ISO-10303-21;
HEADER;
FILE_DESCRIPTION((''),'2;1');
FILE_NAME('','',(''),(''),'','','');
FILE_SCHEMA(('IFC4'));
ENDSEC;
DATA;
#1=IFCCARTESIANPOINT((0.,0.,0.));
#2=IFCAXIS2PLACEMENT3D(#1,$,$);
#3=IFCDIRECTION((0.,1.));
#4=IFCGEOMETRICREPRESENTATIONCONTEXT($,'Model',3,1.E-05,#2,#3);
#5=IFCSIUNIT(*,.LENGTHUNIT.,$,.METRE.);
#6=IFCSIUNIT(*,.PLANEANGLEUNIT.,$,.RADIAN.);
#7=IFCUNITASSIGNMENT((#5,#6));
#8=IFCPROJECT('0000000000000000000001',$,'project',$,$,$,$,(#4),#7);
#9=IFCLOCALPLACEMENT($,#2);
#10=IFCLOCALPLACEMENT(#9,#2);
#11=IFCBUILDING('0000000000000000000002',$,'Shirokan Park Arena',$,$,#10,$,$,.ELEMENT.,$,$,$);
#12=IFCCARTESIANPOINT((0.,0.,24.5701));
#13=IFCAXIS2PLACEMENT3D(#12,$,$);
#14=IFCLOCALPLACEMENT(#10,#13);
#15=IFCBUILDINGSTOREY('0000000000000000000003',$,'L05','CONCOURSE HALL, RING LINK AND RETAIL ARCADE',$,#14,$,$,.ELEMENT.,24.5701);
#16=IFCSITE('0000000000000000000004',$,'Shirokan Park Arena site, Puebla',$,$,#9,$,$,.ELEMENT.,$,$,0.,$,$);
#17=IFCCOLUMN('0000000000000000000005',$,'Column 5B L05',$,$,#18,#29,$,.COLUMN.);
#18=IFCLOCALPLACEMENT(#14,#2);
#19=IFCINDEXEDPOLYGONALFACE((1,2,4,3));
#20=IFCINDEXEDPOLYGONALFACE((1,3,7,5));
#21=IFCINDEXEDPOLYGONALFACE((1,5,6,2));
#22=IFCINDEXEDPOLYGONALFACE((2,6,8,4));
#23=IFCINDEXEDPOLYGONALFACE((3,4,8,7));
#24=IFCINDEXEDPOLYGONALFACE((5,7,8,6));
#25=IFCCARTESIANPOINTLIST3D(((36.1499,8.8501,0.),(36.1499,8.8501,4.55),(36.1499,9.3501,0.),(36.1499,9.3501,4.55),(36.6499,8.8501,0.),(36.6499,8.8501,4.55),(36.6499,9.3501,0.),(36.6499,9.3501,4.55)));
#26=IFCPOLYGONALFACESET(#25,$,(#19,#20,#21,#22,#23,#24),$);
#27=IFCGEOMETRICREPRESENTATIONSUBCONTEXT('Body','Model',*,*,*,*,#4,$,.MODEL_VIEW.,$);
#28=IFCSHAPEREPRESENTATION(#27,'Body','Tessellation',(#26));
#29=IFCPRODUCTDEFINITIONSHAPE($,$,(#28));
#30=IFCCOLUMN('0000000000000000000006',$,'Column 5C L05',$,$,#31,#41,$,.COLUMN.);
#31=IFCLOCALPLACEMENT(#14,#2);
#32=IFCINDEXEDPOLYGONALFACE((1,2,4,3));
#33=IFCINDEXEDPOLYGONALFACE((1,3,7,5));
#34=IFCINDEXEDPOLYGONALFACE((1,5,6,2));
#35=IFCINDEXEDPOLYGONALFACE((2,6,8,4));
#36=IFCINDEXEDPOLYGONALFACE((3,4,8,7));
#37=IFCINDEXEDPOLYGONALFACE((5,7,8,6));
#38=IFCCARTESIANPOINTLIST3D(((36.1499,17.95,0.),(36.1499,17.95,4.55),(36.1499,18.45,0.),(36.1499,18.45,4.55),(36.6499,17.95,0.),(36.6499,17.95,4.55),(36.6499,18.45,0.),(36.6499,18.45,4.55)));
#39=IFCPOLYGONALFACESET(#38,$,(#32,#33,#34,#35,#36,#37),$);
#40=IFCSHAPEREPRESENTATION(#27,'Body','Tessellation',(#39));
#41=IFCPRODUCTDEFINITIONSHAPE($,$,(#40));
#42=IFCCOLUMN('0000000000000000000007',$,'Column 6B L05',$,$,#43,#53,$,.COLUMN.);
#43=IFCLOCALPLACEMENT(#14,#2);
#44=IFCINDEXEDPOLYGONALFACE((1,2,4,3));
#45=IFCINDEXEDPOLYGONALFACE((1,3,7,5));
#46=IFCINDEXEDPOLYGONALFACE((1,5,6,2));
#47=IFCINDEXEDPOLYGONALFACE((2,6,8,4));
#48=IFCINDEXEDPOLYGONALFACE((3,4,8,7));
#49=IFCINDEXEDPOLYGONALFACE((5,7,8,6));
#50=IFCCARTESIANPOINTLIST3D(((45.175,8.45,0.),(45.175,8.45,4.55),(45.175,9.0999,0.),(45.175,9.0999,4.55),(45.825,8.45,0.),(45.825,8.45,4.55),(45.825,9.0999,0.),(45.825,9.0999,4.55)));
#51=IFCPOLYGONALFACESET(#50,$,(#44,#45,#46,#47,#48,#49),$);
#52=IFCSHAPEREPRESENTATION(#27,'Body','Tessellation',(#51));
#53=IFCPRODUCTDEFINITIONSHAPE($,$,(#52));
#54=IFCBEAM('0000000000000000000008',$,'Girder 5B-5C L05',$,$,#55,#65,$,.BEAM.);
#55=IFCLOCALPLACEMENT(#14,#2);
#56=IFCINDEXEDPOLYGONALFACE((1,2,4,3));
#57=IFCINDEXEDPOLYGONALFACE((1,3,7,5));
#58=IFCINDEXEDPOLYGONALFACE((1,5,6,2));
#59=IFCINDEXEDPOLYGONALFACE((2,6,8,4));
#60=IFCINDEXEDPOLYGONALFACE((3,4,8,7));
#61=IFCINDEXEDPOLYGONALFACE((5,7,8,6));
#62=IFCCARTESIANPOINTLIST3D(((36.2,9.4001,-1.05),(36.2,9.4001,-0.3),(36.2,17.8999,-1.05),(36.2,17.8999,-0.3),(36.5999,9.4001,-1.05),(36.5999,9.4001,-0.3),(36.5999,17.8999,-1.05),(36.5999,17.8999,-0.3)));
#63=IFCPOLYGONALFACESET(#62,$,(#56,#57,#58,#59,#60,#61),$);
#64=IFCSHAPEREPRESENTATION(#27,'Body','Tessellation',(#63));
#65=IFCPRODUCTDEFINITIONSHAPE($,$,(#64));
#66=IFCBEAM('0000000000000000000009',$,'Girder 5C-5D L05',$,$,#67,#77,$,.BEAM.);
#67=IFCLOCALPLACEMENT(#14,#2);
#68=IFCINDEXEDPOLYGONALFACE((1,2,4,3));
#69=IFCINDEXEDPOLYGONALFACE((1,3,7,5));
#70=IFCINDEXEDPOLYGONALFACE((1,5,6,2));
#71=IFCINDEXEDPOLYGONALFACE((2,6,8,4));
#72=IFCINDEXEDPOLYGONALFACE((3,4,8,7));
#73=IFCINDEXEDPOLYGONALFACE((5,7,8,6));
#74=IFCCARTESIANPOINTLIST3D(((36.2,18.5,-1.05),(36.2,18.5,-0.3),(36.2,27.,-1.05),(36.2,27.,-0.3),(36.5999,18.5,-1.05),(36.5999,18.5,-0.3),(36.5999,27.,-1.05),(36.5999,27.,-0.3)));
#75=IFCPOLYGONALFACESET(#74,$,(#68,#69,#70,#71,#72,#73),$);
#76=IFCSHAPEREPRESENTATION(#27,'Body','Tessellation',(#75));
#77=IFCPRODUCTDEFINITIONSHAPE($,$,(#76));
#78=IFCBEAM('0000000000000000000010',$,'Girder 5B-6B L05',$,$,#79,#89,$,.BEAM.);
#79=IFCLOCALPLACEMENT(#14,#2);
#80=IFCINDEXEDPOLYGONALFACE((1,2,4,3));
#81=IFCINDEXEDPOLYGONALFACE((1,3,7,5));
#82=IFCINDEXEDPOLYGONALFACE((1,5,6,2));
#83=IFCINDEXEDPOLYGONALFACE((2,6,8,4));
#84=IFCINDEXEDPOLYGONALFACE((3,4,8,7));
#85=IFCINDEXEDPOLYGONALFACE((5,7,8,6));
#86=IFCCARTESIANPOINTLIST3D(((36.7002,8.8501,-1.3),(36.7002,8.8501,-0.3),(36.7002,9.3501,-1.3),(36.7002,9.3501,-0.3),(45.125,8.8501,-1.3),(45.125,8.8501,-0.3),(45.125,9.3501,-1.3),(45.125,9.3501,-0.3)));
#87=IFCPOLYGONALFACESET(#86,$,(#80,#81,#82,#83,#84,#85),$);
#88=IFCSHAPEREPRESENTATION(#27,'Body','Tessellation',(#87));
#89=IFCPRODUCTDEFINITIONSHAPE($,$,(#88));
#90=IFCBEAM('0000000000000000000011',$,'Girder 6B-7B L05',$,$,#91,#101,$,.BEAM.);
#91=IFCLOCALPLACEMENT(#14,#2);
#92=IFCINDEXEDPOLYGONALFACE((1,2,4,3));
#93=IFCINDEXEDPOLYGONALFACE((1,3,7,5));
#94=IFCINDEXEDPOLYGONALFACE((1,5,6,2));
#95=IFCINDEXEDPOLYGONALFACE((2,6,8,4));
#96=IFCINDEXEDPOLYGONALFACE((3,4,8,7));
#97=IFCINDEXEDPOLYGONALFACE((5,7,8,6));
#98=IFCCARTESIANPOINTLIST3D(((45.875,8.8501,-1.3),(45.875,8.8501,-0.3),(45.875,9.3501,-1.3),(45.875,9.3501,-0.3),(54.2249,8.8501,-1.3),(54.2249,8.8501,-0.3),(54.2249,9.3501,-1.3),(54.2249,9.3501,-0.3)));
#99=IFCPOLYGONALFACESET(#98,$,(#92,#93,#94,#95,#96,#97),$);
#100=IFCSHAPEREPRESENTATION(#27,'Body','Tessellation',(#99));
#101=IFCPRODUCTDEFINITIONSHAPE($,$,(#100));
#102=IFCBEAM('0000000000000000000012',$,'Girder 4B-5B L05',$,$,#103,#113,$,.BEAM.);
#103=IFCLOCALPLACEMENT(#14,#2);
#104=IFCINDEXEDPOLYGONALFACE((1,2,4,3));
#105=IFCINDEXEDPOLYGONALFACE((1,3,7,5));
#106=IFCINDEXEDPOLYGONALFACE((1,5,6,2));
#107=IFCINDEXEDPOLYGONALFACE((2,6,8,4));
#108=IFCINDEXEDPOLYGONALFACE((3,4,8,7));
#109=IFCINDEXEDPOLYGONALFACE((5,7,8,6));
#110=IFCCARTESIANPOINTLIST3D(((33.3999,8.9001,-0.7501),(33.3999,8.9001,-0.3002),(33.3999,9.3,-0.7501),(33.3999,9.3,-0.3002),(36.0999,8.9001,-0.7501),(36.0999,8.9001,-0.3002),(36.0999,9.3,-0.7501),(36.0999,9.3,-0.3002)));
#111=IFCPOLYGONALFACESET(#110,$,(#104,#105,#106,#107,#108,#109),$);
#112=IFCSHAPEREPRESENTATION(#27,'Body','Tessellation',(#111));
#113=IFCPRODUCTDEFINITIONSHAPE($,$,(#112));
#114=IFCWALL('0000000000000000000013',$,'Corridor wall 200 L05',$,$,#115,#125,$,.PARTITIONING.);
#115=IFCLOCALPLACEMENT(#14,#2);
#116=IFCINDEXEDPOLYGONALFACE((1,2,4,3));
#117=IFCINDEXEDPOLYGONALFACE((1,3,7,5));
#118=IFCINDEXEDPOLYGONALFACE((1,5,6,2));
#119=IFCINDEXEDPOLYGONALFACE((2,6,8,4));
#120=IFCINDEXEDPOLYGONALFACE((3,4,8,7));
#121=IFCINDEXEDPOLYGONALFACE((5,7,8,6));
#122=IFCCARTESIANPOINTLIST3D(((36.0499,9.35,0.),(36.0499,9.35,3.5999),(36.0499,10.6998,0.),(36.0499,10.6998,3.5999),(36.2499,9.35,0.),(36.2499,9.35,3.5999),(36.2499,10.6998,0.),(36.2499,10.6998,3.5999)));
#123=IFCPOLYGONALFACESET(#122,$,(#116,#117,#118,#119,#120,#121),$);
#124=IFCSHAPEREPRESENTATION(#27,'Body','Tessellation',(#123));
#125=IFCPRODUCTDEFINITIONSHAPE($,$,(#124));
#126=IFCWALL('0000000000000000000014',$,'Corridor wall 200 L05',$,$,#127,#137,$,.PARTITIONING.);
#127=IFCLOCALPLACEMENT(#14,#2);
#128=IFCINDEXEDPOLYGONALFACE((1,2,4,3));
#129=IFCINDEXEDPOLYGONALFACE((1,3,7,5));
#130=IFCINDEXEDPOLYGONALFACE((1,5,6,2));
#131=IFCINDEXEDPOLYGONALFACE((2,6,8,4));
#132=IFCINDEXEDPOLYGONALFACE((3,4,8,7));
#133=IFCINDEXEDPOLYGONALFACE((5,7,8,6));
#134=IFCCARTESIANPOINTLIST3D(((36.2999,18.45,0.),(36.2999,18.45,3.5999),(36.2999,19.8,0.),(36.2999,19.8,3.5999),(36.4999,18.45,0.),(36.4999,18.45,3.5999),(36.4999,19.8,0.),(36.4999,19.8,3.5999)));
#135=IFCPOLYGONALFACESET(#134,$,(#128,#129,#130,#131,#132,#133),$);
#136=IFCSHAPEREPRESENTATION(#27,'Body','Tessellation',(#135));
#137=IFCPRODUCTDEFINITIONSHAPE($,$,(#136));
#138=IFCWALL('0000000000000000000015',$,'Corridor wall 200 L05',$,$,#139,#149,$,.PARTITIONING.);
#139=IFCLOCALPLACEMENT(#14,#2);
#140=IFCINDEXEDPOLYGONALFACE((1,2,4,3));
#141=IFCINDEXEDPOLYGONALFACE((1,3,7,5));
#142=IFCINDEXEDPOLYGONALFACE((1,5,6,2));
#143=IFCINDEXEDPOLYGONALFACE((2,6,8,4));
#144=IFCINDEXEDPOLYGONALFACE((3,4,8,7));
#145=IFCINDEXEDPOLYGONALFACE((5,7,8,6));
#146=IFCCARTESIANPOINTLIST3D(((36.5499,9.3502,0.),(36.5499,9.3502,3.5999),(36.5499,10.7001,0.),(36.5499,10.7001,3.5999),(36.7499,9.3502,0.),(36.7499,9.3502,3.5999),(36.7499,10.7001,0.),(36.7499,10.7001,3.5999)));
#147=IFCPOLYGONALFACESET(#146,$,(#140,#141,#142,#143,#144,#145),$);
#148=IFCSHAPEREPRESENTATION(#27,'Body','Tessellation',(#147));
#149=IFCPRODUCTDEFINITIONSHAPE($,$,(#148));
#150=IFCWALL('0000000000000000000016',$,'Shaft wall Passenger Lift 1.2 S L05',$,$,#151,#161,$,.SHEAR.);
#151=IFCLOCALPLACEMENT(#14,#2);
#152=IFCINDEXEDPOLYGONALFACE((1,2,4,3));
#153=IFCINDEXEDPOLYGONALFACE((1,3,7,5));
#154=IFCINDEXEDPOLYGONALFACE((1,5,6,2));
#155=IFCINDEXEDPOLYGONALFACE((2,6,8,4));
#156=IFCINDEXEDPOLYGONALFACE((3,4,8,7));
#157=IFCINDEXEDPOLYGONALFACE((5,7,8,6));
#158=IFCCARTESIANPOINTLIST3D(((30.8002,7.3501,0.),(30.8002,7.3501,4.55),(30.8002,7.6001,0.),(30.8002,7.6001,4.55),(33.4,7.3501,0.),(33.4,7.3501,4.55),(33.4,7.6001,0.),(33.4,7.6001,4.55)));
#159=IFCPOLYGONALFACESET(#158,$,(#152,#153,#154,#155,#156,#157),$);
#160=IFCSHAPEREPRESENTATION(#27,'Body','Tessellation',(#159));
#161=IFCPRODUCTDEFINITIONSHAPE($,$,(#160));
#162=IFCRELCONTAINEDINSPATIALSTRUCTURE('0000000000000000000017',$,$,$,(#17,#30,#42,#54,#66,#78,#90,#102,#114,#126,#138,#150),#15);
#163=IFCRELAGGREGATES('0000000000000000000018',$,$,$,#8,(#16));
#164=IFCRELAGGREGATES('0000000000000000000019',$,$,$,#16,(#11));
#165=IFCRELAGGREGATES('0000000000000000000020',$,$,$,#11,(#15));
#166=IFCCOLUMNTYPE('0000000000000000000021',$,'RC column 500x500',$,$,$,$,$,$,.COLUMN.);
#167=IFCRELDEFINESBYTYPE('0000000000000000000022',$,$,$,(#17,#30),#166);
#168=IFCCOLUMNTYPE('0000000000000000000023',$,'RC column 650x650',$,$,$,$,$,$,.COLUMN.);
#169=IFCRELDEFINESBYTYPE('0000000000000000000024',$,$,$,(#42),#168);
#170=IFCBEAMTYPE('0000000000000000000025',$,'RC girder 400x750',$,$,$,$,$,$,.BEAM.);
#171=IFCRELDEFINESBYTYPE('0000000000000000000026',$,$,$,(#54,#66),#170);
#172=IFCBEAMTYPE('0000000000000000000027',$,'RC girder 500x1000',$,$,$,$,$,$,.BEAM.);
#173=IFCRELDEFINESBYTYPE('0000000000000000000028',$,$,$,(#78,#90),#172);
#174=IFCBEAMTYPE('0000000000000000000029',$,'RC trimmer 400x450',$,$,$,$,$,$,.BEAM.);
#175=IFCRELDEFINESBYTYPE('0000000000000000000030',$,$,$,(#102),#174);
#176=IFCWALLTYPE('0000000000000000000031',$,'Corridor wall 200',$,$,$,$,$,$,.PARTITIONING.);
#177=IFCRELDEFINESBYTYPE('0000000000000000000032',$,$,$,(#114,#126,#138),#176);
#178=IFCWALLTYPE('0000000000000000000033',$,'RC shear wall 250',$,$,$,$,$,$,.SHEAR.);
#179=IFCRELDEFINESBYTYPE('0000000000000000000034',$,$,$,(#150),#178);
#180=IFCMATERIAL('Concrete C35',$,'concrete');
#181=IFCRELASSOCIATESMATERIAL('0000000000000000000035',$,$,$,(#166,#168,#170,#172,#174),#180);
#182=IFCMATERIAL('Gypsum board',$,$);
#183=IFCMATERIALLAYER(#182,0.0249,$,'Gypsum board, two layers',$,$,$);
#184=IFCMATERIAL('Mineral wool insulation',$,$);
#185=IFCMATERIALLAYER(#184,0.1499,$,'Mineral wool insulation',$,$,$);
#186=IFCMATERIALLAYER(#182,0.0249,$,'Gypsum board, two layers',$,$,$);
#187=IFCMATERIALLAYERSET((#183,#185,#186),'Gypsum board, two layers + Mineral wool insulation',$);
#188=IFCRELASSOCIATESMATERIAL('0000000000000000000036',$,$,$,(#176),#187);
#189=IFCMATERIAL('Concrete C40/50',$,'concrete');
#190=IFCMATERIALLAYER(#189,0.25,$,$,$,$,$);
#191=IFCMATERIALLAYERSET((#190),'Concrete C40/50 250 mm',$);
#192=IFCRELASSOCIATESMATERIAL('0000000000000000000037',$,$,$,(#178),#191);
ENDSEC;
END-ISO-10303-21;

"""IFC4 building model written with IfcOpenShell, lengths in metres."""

from ifc_helpers import new_model, si_unit, direction, frame, frame_2d, origin, origin_2d, place, context, subcontext, project, spatial, rectangle, extrude, material, layer, layer_set, material_profile, profile_set, type_object, element, save


model = new_model("IFC4")

# Units and contexts
model_context = context("Model", 3, precision=1e-05, world=origin(), true_north=direction((0.0, 1.0)))
body_context = subcontext(model_context, "Body", "Model", "MODEL_VIEW")
ifc_project = project(units=[si_unit("LENGTHUNIT", "METRE"), si_unit("PLANEANGLEUNIT", "RADIAN")], contexts=[model_context])

# Site, building, storey
site_placement = place(None, origin())
site = spatial("IfcSite", under=ifc_project, at=site_placement, Name="Shirokan Park Arena site, Puebla", CompositionType="ELEMENT", RefElevation=0.0)
building_placement = place(site_placement, origin())
building = spatial("IfcBuilding", under=site, at=building_placement, Name="Shirokan Park Arena", CompositionType="ELEMENT")
storey_placement = place(building_placement, frame((0.0, 0.0, 24.5701)))
storey = spatial("IfcBuildingStorey", under=building, at=storey_placement, Name="L05", Description="CONCOURSE HALL, RING LINK AND RETAIL ARCADE", CompositionType="ELEMENT", Elevation=24.5701)

# Columns
ifc_material_1 = material(Name="Concrete C35", Category="concrete")
ifc_material_profile_1 = material_profile(ifc_material_1, rectangle(XDim=0.5, YDim=0.5, at=origin_2d()), Name="500x500")
ifc_profile_set_1 = profile_set([ifc_material_profile_1], Name="Concrete C35")
column_type_1 = type_object("IfcColumnType", Name="RC column 500x500", PredefinedType="COLUMN", material=ifc_profile_set_1)
for number, where, z_axis, x_axis, name in (
    (1, (36.3999, 9.1001, 0.0), (0.0, 0.0, 1.0), (1.0, 0.0, 0.0), "Column 5B L05"),
    (2, (36.3999, 18.2, 0.0), (0.0, 0.0, 1.0), (1.0, 0.0, 0.0), "Column 5C L05"),
):
    element("IfcColumn", number, at=place(storey_placement, frame(where, z_axis=z_axis, x_axis=x_axis)), inside=storey, type_object=column_type_1, Name=name, PredefinedType="COLUMN", context=body_context, shape_type="SweptSolid", body=[
        extrude(rectangle(XDim=0.5, YDim=0.5, at=origin_2d()), origin(), (0.0, 0.0, 1.0), 4.55),
    ])
ifc_material_profile_2 = material_profile(ifc_material_1, rectangle(XDim=0.6499, YDim=0.6499, at=origin_2d()), Name="650x650")
ifc_profile_set_2 = profile_set([ifc_material_profile_2], Name="Concrete C35")
column_type_2 = type_object("IfcColumnType", Name="RC column 650x650", PredefinedType="COLUMN", material=ifc_profile_set_2)
column_placement = place(storey_placement, frame((45.5, 8.7749, 0.0), z_axis=(0.0, 0.0, 1.0), x_axis=(1.0, 0.0, 0.0)))
element("IfcColumn", 3, at=column_placement, inside=storey, type_object=column_type_2, Name="Column 6B L05", PredefinedType="COLUMN", context=body_context, shape_type="SweptSolid", body=[
    extrude(rectangle(XDim=0.6499, YDim=0.6499, at=origin_2d()), origin(), (0.0, 0.0, 1.0), 4.55),
])

# Beams
ifc_material_profile_3 = material_profile(ifc_material_1, rectangle(XDim=0.3999, YDim=0.75, at=origin_2d()), Name="400x750")
ifc_profile_set_3 = profile_set([ifc_material_profile_3], Name="Concrete C35")
beam_type_1 = type_object("IfcBeamType", Name="RC girder 400x750", PredefinedType="BEAM", material=ifc_profile_set_3)
beam_1_placement = place(storey_placement, frame((36.3999, 9.4001, -0.675), z_axis=(0.0, 1.0, 0.0), x_axis=(-1.0, 0.0, 0.0)))
element("IfcBeam", 4, at=beam_1_placement, inside=storey, type_object=beam_type_1, Name="Girder 5B-5C L05", PredefinedType="BEAM", context=body_context, shape_type="SweptSolid", body=[
    extrude(rectangle(XDim=0.3999, YDim=0.75, at=origin_2d()), origin(), (0.0, 0.0, 1.0), 8.4998),
])
beam_2_placement = place(storey_placement, frame((36.3999, 18.5, -0.675), z_axis=(0.0, 1.0, 0.0), x_axis=(-1.0, 0.0, 0.0)))
element("IfcBeam", 5, at=beam_2_placement, inside=storey, type_object=beam_type_1, Name="Girder 5C-5D L05", PredefinedType="BEAM", context=body_context, shape_type="SweptSolid", body=[
    extrude(rectangle(XDim=0.3999, YDim=0.75, at=origin_2d()), origin(), (0.0, 0.0, 1.0), 8.5),
])
ifc_material_profile_4 = material_profile(ifc_material_1, rectangle(XDim=0.5, YDim=1.0, at=origin_2d()), Name="500x1000")
ifc_profile_set_4 = profile_set([ifc_material_profile_4], Name="Concrete C35")
beam_type_2 = type_object("IfcBeamType", Name="RC girder 500x1000", PredefinedType="BEAM", material=ifc_profile_set_4)
beam_3_placement = place(storey_placement, frame((36.7002, 9.1001, -0.8), z_axis=(1.0, 0.0, 0.0), x_axis=(0.0, 1.0, 0.0)))
element("IfcBeam", 6, at=beam_3_placement, inside=storey, type_object=beam_type_2, Name="Girder 5B-6B L05", PredefinedType="BEAM", context=body_context, shape_type="SweptSolid", body=[
    extrude(rectangle(XDim=0.5, YDim=1.0, at=origin_2d()), origin(), (0.0, 0.0, 1.0), 8.4248),
])
beam_4_placement = place(storey_placement, frame((45.875, 9.1001, -0.8), z_axis=(1.0, 0.0, 0.0), x_axis=(0.0, 1.0, 0.0)))
element("IfcBeam", 7, at=beam_4_placement, inside=storey, type_object=beam_type_2, Name="Girder 6B-7B L05", PredefinedType="BEAM", context=body_context, shape_type="SweptSolid", body=[
    extrude(rectangle(XDim=0.5, YDim=1.0, at=origin_2d()), origin(), (0.0, 0.0, 1.0), 8.3499),
])
ifc_material_profile_5 = material_profile(ifc_material_1, rectangle(XDim=0.3999, YDim=0.45, at=origin_2d()), Name="400x450")
ifc_profile_set_5 = profile_set([ifc_material_profile_5], Name="Concrete C35")
beam_type_3 = type_object("IfcBeamType", Name="RC trimmer 400x450", PredefinedType="BEAM", material=ifc_profile_set_5)
beam_5_placement = place(storey_placement, frame((33.3999, 9.1001, -0.5251), z_axis=(1.0, 0.0, 0.0), x_axis=(0.0, 1.0, 0.0)))
element("IfcBeam", 8, at=beam_5_placement, inside=storey, type_object=beam_type_3, Name="Girder 4B-5B L05", PredefinedType="BEAM", context=body_context, shape_type="SweptSolid", body=[
    extrude(rectangle(XDim=0.3999, YDim=0.45, at=origin_2d()), origin(), (0.0, 0.0, 1.0), 2.7),
])

# Shared definitions
ifc_material_2 = material(Name="Gypsum board")
ifc_layer_1 = layer(ifc_material_2, 0.0249, Name="Gypsum board, two layers")
ifc_material_3 = material(Name="Mineral wool insulation")
ifc_layer_2 = layer(ifc_material_3, 0.1499, Name="Mineral wool insulation")
ifc_layer_3 = layer(ifc_material_2, 0.0249, Name="Gypsum board, two layers")
ifc_layer_set_1 = layer_set([ifc_layer_1, ifc_layer_2, ifc_layer_3], Name="Gypsum board, two layers + Mineral wool insulation")
wall_type_1 = type_object("IfcWallType", Name="Corridor wall 200", PredefinedType="PARTITIONING", material=ifc_layer_set_1)

# Wall
wall_1_placement = place(storey_placement, frame((36.1499, 9.3501, 0.0), z_axis=(0.0, 0.0, 1.0), x_axis=(0.0, 1.0, 0.0)))
element("IfcWall", 9, at=wall_1_placement, inside=storey, type_object=wall_type_1, Name="Corridor wall 200 L05", PredefinedType="PARTITIONING", context=body_context, shape_type="SweptSolid", body=[
    extrude(rectangle(XDim=1.3499, YDim=0.2, at=frame_2d((0.6748, 0.0))), origin(), (0.0, 0.0, 1.0), 3.5999),
])

# Walls
wall_2_placement = place(storey_placement, frame((36.3999, 19.8, 0.0), z_axis=(0.0, 0.0, 1.0), x_axis=(0.0, -1.0, 0.0)))
element("IfcWall", 10, at=wall_2_placement, inside=storey, type_object=wall_type_1, Name="Corridor wall 200 L05", PredefinedType="PARTITIONING", context=body_context, shape_type="SweptSolid", body=[
    extrude(rectangle(XDim=1.3501, YDim=0.2, at=frame_2d((0.675, 0.0))), origin(), (0.0, 0.0, 1.0), 3.5999),
])
wall_3_placement = place(storey_placement, frame((36.6499, 10.7, 0.0), z_axis=(0.0, 0.0, 1.0), x_axis=(0.0, -1.0, 0.0)))
element("IfcWall", 11, at=wall_3_placement, inside=storey, type_object=wall_type_1, Name="Corridor wall 200 L05", PredefinedType="PARTITIONING", context=body_context, shape_type="SweptSolid", body=[
    extrude(rectangle(XDim=1.3499, YDim=0.2, at=frame_2d((0.6748, 0.0))), origin(), (0.0, 0.0, 1.0), 3.5999),
])

# Wall
ifc_material_4 = material(Name="Concrete C40/50", Category="concrete")
ifc_layer_4 = layer(ifc_material_4, 0.25)
ifc_layer_set_2 = layer_set([ifc_layer_4], Name="Concrete C40/50 250 mm")
wall_type_2 = type_object("IfcWallType", Name="RC shear wall 250", PredefinedType="SHEAR", material=ifc_layer_set_2)
wall_4_placement = place(storey_placement, frame((33.3999, 7.4751, 0.0), z_axis=(0.0, 0.0, 1.0), x_axis=(-1.0, 0.0, 0.0)))
element("IfcWall", 12, at=wall_4_placement, inside=storey, type_object=wall_type_2, Name="Shaft wall Passenger Lift 1.2 S L05", PredefinedType="SHEAR", context=body_context, shape_type="SweptSolid", body=[
    extrude(rectangle(XDim=2.5999, YDim=0.25, at=frame_2d((1.2998, 0.0))), origin(), (0.0, 0.0, 1.0), 4.55),
])

save(model, "model.ifc")
